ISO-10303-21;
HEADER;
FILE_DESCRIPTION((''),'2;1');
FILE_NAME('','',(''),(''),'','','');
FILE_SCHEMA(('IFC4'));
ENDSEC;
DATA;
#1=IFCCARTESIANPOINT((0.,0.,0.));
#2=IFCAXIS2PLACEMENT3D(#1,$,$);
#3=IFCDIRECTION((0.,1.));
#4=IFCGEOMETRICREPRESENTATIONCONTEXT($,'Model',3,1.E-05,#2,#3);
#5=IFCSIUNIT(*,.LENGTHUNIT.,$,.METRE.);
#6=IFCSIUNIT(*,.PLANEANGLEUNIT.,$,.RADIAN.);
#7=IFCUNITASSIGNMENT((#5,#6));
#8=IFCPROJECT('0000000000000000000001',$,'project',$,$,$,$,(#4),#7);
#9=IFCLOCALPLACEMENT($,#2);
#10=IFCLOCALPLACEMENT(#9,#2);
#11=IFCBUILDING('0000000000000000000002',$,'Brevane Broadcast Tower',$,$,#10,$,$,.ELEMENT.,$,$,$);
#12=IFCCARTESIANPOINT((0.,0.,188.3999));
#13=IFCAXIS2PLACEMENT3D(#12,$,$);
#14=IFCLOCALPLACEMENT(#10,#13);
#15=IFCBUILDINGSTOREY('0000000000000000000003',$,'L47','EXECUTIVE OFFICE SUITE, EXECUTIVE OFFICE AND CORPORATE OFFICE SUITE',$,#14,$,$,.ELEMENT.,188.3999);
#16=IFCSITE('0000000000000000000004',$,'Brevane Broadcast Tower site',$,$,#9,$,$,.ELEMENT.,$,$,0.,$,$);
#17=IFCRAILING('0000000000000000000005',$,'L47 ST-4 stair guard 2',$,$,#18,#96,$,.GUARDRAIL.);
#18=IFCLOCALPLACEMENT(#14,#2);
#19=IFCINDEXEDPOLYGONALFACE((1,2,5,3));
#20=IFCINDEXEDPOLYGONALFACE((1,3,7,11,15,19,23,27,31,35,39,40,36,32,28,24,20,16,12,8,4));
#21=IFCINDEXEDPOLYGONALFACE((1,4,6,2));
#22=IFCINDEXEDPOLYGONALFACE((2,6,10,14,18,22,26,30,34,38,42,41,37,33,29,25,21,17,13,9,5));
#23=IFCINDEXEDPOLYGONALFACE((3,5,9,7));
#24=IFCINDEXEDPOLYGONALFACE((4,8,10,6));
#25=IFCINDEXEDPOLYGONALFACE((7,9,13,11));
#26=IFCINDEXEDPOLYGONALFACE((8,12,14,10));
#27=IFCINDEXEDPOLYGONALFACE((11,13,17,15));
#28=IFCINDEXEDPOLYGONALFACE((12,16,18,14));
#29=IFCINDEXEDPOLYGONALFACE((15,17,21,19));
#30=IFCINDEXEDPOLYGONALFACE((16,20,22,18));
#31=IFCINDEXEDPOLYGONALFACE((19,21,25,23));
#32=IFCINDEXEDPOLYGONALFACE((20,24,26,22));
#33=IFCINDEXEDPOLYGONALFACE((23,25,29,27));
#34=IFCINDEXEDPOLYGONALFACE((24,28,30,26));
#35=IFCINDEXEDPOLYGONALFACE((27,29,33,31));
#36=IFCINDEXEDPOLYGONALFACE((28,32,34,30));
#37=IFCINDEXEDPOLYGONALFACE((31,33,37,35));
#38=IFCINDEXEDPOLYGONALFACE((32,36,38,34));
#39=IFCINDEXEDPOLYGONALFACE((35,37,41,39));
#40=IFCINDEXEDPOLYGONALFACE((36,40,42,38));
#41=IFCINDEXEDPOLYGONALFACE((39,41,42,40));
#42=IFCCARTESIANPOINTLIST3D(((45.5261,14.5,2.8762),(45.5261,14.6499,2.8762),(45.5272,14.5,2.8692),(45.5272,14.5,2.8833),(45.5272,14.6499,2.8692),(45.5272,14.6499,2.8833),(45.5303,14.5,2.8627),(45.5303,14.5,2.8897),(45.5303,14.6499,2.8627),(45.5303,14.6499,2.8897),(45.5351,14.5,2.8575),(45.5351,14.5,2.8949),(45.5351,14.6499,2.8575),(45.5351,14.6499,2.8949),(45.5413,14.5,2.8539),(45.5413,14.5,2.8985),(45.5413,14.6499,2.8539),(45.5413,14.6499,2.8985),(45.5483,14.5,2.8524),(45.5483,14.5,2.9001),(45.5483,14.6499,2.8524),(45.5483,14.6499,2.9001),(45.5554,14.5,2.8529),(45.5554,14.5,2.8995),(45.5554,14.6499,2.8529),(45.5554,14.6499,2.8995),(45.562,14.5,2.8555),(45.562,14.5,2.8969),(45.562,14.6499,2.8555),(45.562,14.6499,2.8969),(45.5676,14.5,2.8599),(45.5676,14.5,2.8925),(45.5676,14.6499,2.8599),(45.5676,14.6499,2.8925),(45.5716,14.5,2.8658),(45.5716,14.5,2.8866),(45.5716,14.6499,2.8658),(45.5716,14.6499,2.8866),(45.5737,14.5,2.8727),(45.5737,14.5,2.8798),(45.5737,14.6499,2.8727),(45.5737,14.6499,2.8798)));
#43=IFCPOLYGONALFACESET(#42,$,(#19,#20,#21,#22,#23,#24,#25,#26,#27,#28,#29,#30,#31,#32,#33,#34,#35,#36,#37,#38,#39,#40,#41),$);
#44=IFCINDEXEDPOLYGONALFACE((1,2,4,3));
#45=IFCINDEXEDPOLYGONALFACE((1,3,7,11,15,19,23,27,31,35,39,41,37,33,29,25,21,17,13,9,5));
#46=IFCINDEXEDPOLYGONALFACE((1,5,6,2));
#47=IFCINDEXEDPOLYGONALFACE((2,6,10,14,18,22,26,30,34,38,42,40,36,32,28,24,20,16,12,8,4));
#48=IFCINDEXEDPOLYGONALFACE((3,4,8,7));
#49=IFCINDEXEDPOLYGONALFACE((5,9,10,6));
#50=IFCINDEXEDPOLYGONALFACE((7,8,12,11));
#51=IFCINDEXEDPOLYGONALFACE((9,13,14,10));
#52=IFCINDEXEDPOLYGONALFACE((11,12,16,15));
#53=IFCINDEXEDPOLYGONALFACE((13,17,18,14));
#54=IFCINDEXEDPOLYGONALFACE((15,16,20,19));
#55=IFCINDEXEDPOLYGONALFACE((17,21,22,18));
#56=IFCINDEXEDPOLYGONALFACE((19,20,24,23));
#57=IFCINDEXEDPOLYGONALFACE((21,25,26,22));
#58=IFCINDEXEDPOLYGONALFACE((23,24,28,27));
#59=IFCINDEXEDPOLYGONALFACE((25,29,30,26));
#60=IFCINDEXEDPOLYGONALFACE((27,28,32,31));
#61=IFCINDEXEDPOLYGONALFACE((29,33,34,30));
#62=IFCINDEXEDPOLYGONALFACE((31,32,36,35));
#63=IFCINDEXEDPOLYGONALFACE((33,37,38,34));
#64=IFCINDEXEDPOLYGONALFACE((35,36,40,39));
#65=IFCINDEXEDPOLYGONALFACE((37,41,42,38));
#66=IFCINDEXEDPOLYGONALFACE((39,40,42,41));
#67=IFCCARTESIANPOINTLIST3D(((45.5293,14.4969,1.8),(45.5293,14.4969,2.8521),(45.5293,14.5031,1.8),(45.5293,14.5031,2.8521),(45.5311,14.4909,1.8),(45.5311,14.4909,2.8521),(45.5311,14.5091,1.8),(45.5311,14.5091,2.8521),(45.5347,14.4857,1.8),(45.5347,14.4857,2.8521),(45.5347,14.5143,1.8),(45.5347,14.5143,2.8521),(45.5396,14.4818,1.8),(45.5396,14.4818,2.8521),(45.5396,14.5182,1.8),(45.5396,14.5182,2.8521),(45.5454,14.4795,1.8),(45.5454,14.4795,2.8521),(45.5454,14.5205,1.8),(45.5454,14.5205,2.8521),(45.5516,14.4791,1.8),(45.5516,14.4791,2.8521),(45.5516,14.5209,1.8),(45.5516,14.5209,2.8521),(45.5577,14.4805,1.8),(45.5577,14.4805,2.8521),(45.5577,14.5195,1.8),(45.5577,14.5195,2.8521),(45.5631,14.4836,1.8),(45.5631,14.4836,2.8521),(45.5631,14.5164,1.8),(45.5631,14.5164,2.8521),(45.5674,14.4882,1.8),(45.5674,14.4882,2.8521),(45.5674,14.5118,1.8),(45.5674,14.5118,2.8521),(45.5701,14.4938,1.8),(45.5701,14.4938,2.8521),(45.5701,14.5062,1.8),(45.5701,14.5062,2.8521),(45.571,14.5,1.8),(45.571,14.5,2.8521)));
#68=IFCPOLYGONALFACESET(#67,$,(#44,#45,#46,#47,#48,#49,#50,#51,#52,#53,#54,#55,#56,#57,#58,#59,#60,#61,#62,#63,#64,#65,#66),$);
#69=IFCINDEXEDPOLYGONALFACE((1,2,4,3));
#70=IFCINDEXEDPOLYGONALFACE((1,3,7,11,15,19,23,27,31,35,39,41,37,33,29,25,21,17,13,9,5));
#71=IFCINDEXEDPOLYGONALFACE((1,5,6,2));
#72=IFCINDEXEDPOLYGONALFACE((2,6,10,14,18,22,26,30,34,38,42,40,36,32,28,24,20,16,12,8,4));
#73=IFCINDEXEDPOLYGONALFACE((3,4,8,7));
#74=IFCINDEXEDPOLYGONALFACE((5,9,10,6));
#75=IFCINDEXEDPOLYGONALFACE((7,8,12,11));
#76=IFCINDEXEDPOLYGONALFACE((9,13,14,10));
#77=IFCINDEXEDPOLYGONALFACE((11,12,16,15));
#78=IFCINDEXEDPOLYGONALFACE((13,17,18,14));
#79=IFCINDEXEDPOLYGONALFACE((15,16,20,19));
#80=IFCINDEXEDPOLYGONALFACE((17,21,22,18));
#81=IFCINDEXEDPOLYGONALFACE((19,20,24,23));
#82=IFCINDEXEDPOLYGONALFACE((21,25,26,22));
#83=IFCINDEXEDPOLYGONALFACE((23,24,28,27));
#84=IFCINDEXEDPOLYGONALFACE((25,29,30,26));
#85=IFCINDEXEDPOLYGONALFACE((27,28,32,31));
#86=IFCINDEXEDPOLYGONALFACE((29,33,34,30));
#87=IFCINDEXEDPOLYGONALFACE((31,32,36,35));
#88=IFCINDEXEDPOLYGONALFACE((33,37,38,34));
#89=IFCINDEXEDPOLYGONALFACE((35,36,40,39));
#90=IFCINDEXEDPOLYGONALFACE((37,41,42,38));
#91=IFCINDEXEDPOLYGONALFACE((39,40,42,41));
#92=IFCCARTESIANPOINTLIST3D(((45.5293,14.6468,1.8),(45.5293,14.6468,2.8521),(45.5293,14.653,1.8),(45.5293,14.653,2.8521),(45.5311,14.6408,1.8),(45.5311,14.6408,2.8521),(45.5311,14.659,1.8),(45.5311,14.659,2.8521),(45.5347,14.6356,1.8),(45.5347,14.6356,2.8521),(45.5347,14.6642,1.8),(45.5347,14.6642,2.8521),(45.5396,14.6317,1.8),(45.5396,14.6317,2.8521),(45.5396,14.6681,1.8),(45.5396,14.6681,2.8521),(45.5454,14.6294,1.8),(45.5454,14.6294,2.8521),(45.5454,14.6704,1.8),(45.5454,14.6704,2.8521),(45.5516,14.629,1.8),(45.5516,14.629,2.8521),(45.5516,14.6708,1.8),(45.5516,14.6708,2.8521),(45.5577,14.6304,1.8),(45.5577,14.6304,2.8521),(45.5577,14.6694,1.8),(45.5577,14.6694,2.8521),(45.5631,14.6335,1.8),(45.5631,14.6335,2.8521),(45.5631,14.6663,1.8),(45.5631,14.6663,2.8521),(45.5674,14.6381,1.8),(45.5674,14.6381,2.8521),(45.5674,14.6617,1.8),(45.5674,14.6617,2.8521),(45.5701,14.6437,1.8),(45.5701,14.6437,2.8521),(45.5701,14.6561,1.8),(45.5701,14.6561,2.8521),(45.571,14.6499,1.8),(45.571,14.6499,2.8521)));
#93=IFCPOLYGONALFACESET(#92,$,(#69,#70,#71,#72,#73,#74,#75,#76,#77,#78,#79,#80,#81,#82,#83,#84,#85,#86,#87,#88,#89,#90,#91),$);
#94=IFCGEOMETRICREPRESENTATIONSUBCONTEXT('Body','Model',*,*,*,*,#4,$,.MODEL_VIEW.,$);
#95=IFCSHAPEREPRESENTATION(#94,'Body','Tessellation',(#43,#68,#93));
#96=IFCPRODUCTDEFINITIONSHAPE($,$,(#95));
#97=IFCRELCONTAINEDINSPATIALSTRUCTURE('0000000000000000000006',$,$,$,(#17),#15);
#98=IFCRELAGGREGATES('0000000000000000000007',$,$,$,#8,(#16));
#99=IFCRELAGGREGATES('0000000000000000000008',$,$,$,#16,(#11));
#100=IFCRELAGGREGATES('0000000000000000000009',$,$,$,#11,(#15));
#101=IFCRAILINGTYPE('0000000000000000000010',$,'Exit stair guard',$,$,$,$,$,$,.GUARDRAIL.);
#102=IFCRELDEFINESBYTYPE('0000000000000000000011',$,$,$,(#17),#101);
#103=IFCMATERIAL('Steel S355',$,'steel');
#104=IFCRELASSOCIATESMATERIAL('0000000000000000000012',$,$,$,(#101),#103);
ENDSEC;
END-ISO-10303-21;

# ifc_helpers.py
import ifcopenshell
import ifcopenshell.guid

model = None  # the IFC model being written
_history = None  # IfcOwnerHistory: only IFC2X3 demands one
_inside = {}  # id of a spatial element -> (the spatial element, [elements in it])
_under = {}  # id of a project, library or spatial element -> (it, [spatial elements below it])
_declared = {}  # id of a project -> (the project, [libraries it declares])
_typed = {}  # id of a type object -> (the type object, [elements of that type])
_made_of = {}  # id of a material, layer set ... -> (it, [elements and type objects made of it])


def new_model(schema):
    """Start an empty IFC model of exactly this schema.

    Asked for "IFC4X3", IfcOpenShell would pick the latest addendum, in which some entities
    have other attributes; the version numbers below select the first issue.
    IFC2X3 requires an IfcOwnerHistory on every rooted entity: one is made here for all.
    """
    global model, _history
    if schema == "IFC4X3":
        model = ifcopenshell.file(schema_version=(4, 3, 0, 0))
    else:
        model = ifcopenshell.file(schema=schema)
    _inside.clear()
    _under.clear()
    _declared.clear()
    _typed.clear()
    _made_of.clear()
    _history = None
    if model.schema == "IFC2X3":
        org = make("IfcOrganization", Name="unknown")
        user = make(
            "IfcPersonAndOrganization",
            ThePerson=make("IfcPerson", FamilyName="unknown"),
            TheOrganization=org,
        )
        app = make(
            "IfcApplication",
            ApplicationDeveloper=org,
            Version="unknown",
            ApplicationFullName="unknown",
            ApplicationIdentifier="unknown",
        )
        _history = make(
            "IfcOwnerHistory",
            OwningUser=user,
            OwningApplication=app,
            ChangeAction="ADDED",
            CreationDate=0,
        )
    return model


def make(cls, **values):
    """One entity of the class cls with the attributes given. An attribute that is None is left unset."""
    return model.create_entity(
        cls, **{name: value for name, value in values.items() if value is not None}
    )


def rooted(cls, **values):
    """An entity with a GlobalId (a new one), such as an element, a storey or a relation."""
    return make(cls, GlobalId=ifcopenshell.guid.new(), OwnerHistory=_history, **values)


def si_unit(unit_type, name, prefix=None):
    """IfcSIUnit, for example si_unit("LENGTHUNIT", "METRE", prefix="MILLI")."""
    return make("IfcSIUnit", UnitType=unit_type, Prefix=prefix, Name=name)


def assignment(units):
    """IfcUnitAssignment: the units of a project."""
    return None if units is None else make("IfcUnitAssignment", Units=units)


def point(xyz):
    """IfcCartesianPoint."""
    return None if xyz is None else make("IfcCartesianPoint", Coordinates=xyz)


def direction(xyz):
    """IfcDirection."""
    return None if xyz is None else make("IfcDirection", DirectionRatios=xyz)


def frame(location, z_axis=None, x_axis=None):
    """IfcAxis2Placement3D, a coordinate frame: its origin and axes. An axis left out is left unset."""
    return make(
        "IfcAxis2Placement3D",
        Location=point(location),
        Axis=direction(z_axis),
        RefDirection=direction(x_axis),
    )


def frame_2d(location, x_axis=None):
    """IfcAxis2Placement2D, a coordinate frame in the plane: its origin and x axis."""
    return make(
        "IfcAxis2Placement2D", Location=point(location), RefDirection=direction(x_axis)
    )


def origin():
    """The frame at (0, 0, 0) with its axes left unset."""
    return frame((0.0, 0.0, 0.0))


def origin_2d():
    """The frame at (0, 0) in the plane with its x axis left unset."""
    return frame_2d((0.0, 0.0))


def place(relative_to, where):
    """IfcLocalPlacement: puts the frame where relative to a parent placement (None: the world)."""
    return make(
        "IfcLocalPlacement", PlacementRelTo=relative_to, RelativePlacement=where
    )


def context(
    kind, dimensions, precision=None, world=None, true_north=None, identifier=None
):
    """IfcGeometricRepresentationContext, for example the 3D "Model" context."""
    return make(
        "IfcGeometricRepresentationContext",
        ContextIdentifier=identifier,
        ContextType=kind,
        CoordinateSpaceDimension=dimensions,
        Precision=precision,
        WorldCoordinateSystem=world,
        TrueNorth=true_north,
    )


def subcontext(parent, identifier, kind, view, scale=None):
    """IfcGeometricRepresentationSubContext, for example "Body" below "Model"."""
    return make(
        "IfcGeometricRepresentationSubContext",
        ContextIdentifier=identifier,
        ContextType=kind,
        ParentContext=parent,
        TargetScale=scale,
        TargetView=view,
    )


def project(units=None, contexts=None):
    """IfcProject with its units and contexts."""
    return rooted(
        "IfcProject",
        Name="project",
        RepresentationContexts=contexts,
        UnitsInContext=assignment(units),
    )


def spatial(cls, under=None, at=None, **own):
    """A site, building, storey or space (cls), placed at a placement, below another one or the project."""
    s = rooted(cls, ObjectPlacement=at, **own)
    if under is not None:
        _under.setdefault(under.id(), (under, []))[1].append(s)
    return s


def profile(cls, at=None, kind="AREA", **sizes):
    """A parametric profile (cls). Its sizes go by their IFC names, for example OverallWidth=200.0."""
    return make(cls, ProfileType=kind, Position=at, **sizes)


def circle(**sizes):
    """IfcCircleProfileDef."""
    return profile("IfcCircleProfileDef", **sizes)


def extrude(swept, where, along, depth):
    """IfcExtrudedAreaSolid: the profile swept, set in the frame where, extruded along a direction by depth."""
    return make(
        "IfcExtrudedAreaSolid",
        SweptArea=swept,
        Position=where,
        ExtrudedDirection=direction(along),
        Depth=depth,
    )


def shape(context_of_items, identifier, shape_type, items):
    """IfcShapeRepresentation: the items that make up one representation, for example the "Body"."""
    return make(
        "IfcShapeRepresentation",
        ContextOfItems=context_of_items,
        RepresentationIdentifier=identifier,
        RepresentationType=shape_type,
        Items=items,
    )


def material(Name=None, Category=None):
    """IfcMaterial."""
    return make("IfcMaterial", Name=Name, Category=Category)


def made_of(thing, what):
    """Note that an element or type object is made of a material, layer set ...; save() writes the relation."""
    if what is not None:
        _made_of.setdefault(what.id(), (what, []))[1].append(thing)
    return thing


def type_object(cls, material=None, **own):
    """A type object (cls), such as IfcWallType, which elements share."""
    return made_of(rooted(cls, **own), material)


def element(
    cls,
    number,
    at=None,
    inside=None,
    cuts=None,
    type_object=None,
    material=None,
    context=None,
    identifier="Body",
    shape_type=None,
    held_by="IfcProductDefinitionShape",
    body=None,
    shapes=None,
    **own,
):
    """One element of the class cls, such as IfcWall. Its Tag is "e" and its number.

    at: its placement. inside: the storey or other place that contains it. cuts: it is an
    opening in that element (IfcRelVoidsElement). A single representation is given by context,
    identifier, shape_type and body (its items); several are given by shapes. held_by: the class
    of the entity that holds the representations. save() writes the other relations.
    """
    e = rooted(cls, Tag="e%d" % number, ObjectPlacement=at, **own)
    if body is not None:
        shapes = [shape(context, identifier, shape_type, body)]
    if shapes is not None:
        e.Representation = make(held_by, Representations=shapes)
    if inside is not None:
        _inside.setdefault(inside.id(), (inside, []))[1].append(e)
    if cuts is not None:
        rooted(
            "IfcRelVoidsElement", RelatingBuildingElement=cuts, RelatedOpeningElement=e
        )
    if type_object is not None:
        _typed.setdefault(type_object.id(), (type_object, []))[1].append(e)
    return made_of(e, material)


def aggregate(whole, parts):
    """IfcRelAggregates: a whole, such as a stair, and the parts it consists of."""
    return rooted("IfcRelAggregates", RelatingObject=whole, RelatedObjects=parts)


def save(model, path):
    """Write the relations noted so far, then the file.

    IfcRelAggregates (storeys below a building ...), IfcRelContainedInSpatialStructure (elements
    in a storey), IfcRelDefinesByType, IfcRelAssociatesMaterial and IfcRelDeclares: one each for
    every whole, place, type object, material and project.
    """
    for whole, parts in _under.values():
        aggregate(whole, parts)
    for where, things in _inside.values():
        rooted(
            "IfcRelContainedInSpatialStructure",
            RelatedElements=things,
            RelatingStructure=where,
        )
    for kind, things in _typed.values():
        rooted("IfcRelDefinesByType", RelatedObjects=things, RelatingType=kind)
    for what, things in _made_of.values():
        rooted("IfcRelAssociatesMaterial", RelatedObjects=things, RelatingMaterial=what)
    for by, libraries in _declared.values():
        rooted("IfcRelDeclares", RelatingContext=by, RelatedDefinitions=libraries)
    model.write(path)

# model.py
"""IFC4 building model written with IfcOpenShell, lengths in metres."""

from ifc_helpers import new_model, si_unit, direction, frame, origin, origin_2d, place, context, subcontext, project, spatial, circle, extrude, material, type_object, element, save


model = new_model("IFC4")

# Units and contexts
model_context = context("Model", 3, precision=1e-05, world=origin(), true_north=direction((0.0, 1.0)))
body_context = subcontext(model_context, "Body", "Model", "MODEL_VIEW")
ifc_project = project(units=[si_unit("LENGTHUNIT", "METRE"), si_unit("PLANEANGLEUNIT", "RADIAN")], contexts=[model_context])

# Site, building, storey
site_placement = place(None, origin())
site = spatial("IfcSite", under=ifc_project, at=site_placement, Name="Brevane Broadcast Tower site", CompositionType="ELEMENT", RefElevation=0.0)
building_placement = place(site_placement, origin())
building = spatial("IfcBuilding", under=site, at=building_placement, Name="Brevane Broadcast Tower", CompositionType="ELEMENT")
storey_placement = place(building_placement, frame((0.0, 0.0, 188.3999)))
storey = spatial("IfcBuildingStorey", under=building, at=storey_placement, Name="L47", Description="EXECUTIVE OFFICE SUITE, EXECUTIVE OFFICE AND CORPORATE OFFICE SUITE", CompositionType="ELEMENT", Elevation=188.3999)

# Railing
ifc_material_1 = material(Name="Steel S355", Category="steel")
railing_type_1 = type_object("IfcRailingType", Name="Exit stair guard", PredefinedType="GUARDRAIL", material=ifc_material_1)
railing_1_placement = place(storey_placement, frame((45.55, 14.5, 1.8)))
element("IfcRailing", 1, at=railing_1_placement, inside=storey, type_object=railing_type_1, Name="L47 ST-4 stair guard 2", PredefinedType="GUARDRAIL", context=body_context, shape_type="SweptSolid", body=[
    extrude(circle(Radius=0.0239, at=origin_2d()), frame((0.0, 0.0, 1.0762), z_axis=(0.0, 1.0, 0.0), x_axis=(-1.0, 0.0, 0.0)), (0.0, 0.0, 1.0), 0.1499),
    extrude(circle(Radius=0.021, at=origin_2d()), origin(), (0.0, 0.0, 1.0), 1.052),
    extrude(circle(Radius=0.021, at=origin_2d()), frame((0.0, 0.1499, 0.0)), (0.0, 0.0, 1.0), 1.052),
])

save(model, "model.ifc")
